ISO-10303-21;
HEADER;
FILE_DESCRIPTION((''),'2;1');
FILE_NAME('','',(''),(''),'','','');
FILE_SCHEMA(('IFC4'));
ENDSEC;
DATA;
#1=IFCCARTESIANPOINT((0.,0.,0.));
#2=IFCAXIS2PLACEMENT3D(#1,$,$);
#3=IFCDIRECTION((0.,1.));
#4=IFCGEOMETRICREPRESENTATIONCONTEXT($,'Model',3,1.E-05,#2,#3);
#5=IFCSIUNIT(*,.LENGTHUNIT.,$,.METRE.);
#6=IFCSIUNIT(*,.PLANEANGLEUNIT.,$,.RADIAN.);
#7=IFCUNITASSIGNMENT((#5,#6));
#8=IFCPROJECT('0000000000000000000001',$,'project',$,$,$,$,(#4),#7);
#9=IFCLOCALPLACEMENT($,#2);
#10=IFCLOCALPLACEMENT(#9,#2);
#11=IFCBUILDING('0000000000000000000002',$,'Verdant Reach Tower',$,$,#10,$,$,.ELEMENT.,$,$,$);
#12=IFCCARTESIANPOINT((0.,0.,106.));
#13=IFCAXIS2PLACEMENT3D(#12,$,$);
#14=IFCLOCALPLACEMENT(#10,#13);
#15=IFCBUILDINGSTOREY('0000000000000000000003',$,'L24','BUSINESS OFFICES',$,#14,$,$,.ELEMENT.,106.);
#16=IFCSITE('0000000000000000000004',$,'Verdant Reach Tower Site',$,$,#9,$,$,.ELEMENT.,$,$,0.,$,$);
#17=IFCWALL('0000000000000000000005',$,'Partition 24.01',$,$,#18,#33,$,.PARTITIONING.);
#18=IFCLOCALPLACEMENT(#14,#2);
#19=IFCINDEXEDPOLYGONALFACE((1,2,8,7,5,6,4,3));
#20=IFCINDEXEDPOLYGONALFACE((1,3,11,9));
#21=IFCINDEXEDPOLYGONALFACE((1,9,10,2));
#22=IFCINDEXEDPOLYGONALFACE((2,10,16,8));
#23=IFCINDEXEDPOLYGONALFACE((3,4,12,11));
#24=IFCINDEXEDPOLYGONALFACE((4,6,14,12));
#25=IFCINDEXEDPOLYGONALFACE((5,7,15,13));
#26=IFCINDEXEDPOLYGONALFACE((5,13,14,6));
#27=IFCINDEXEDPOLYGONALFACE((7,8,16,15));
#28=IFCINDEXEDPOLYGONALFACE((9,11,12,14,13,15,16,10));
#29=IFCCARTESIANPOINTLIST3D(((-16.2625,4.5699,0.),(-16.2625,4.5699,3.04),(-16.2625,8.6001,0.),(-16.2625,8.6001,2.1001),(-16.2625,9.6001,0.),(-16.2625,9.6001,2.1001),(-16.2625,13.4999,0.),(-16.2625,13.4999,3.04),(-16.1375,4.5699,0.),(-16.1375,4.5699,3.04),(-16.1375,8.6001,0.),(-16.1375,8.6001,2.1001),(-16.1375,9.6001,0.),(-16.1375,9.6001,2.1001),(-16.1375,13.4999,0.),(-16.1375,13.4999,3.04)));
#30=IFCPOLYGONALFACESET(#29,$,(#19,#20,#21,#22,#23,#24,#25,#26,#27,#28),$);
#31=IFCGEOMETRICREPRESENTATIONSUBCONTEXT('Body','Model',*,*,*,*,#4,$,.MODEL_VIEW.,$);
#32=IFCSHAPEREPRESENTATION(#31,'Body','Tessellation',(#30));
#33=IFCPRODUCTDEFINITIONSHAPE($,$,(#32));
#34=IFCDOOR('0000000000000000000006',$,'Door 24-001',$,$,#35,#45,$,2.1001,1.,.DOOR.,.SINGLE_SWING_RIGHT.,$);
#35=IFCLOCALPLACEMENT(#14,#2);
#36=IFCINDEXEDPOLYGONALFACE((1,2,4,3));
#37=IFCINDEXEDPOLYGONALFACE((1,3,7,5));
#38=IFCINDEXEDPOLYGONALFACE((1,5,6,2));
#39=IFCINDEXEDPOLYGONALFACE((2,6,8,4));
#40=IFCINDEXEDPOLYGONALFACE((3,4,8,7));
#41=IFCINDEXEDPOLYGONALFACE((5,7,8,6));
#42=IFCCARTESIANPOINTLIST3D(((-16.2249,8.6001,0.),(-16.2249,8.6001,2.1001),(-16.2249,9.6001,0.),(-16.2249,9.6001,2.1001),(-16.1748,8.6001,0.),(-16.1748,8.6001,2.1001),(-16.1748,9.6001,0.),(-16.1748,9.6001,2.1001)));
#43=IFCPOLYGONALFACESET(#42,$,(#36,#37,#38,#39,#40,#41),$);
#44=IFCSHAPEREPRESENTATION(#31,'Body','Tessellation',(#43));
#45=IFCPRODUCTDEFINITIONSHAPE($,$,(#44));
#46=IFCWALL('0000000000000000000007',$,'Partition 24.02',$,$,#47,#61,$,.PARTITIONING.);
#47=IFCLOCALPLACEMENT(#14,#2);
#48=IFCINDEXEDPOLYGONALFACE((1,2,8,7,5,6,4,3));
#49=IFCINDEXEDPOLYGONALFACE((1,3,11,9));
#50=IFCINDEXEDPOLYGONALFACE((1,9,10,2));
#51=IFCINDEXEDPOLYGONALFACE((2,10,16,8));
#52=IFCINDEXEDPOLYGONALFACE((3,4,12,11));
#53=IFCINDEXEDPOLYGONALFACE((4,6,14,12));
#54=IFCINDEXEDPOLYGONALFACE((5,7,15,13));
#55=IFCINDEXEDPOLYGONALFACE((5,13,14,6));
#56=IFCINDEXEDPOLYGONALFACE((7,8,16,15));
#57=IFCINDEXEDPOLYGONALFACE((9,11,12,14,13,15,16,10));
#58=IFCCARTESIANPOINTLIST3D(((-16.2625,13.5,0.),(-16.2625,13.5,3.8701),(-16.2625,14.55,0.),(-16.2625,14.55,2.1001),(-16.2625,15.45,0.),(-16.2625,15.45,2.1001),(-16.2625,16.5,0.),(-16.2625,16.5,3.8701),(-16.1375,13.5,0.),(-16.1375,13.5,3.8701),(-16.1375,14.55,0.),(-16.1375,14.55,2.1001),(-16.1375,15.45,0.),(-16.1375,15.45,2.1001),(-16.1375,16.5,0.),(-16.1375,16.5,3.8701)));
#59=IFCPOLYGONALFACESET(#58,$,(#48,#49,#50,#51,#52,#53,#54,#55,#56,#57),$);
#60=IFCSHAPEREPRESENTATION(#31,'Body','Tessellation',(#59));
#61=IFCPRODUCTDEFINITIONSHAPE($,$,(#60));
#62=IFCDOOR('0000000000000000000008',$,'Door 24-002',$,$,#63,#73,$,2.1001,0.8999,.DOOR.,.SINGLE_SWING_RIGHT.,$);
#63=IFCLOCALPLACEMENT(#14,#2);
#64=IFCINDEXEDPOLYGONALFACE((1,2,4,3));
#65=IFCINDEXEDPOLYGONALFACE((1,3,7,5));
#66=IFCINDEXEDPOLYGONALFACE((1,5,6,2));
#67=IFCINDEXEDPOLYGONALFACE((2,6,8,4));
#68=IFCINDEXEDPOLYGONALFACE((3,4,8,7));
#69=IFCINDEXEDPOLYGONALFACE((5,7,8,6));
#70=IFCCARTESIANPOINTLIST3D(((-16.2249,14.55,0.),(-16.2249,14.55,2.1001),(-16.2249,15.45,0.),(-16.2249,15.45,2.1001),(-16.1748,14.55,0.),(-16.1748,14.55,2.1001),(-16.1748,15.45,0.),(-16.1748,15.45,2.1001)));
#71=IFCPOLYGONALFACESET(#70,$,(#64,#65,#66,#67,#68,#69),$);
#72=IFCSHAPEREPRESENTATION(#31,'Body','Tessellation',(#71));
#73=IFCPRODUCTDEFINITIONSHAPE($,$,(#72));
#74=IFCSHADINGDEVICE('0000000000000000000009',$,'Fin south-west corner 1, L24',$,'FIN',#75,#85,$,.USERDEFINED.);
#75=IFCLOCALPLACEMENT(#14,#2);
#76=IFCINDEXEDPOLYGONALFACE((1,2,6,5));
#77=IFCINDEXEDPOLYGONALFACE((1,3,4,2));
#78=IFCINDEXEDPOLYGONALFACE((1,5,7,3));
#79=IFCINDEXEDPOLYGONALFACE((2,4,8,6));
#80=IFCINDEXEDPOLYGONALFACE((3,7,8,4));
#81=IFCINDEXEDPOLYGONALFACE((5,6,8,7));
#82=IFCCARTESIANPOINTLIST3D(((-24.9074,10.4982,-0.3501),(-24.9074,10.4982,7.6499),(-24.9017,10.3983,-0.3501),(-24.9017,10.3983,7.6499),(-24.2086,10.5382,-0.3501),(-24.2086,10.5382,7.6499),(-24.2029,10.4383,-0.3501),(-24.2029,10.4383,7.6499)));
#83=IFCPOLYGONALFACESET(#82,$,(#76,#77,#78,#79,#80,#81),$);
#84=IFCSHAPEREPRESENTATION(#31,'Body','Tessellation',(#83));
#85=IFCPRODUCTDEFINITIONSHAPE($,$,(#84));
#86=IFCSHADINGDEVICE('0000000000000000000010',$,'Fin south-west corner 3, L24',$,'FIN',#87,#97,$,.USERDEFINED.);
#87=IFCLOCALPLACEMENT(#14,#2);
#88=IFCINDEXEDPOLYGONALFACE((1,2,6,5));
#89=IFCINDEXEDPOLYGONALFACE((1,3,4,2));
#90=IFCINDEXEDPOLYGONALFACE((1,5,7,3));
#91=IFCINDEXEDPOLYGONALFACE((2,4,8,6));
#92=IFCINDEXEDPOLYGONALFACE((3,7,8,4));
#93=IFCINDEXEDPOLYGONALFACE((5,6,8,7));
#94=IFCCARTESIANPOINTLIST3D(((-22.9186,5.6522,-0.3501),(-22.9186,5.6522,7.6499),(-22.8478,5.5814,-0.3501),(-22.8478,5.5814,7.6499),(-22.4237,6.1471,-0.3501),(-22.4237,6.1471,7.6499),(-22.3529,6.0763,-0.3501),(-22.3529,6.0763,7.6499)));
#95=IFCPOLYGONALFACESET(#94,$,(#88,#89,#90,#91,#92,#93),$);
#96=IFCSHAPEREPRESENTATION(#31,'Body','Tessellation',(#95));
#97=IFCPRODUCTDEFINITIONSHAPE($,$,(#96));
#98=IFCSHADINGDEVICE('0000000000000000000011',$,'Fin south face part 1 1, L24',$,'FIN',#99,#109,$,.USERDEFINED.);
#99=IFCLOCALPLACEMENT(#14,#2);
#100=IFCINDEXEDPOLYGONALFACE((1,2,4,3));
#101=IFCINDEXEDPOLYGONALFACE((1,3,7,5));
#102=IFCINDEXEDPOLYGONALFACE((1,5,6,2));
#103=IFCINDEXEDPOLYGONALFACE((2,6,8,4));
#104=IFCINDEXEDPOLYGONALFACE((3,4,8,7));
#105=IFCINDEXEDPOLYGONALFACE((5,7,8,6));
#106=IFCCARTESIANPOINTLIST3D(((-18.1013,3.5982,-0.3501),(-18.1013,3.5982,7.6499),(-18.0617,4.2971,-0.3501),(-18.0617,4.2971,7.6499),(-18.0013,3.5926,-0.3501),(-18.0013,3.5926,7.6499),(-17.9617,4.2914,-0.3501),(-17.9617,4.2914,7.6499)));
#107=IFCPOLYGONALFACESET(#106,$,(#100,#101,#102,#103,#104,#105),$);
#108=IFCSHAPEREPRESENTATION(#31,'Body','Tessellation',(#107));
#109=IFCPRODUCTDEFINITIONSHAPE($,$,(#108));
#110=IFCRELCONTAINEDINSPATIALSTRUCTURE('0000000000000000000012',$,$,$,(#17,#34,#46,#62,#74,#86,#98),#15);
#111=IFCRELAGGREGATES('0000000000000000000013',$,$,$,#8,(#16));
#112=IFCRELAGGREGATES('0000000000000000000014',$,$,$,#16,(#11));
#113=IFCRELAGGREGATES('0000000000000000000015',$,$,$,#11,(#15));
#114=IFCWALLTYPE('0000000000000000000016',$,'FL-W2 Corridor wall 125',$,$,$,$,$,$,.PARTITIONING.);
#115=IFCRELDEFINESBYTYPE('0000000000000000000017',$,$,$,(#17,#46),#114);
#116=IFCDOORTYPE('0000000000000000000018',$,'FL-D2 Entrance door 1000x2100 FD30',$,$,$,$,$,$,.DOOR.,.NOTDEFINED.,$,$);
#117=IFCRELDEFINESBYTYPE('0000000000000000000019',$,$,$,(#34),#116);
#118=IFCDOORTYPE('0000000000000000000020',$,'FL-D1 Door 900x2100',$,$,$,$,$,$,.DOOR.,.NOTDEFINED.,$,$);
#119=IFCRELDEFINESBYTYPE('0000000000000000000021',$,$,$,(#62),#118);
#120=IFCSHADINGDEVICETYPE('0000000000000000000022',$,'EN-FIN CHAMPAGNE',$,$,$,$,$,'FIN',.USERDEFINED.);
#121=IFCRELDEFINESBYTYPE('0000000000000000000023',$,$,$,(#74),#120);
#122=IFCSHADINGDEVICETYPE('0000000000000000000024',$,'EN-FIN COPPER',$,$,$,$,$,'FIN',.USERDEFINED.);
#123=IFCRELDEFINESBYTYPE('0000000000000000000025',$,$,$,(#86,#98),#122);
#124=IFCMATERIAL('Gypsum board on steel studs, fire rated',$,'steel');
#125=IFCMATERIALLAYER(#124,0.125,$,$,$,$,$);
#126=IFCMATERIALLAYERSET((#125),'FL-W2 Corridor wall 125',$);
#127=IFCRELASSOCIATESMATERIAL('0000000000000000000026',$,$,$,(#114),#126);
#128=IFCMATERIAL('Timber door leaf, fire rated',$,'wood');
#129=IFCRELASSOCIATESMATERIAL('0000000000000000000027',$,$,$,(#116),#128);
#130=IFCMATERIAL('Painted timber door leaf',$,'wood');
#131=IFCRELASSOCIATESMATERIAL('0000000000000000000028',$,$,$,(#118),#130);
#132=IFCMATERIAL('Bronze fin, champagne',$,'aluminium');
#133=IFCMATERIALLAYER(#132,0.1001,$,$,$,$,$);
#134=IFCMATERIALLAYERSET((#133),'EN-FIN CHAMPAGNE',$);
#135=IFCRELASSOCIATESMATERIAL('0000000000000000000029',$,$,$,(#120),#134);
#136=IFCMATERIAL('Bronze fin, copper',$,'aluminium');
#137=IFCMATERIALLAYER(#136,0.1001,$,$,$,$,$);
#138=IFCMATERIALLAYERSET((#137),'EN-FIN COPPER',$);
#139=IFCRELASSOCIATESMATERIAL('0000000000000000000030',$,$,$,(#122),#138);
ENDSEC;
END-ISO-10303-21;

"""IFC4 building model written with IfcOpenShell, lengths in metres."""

from ifc_helpers import new_model, si_unit, direction, frame, frame_2d, origin, origin_2d, place, context, subcontext, project, spatial, rectangle, extrude, material, layer, layer_set, type_object, element, fill, save


model = new_model("IFC4")

# Units and contexts
model_context = context("Model", 3, precision=1e-05, world=origin(), true_north=direction((0.0, 1.0)))
body_context = subcontext(model_context, "Body", "Model", "MODEL_VIEW")
ifc_project = project(units=[si_unit("LENGTHUNIT", "METRE"), si_unit("PLANEANGLEUNIT", "RADIAN")], contexts=[model_context])

# Site, building, storey
site_placement = place(None, origin())
site = spatial("IfcSite", under=ifc_project, at=site_placement, Name="Verdant Reach Tower Site", CompositionType="ELEMENT", RefElevation=0.0)
building_placement = place(site_placement, origin())
building = spatial("IfcBuilding", under=site, at=building_placement, Name="Verdant Reach Tower", CompositionType="ELEMENT")
storey_placement = place(building_placement, frame((0.0, 0.0, 106.0)))
storey = spatial("IfcBuildingStorey", under=building, at=storey_placement, Name="L24", Description="BUSINESS OFFICES", CompositionType="ELEMENT", Elevation=106.0)

# Walls, openings, doors
ifc_material_1 = material(Name="Gypsum board on steel studs, fire rated", Category="steel")
ifc_layer_1 = layer(ifc_material_1, 0.125)
ifc_layer_set_1 = layer_set([ifc_layer_1], Name="FL-W2 Corridor wall 125")
wall_type_1 = type_object("IfcWallType", Name="FL-W2 Corridor wall 125", PredefinedType="PARTITIONING", material=ifc_layer_set_1)
wall_1_placement = place(storey_placement, frame((-16.2, 4.5701, 0.0), z_axis=(0.0, 0.0, 1.0), x_axis=(0.0, 1.0, 0.0)))
wall_1 = element("IfcWall", 1, at=wall_1_placement, inside=storey, type_object=wall_type_1, Name="Partition 24.01", PredefinedType="PARTITIONING", context=body_context, shape_type="SweptSolid", body=[
    extrude(rectangle(XDim=8.9299, YDim=0.125, at=frame_2d((4.4648, 0.0))), origin(), (0.0, 0.0, 1.0), 3.04),
])
opening_1_placement = place(wall_1_placement, frame((4.03, 0.0, 0.0)))
opening_1 = element("IfcOpeningElement", 2, at=opening_1_placement, cuts=wall_1, PredefinedType="OPENING", context=body_context, shape_type="SweptSolid", body=[
    extrude(rectangle(XDim=1.0, YDim=2.1001, at=frame_2d((0.5, 1.05))), frame((0.0, 0.0725, 0.0), z_axis=(0.0, -1.0, 0.0), x_axis=(1.0, 0.0, 0.0)), (0.0, 0.0, 1.0), 0.145),
])
ifc_material_2 = material(Name="Timber door leaf, fire rated", Category="wood")
door_type_1 = type_object("IfcDoorType", Name="FL-D2 Entrance door 1000x2100 FD30", OperationType="NOTDEFINED", PredefinedType="DOOR", material=ifc_material_2)
door_1_placement = place(opening_1_placement, origin())
door_1 = element("IfcDoor", 3, at=door_1_placement, inside=storey, type_object=door_type_1, Name="Door 24-001", OperationType="SINGLE_SWING_RIGHT", OverallHeight=2.1001, OverallWidth=1.0, PredefinedType="DOOR", context=body_context, shape_type="SweptSolid", body=[
    extrude(rectangle(XDim=1.0, YDim=2.1001, at=frame_2d((0.5, 1.05))), frame((0.0, 0.0249, 0.0), z_axis=(0.0, -1.0, 0.0), x_axis=(1.0, 0.0, 0.0)), (0.0, 0.0, 1.0), 0.05),
])
fill(opening_1, door_1)
wall_2_placement = place(storey_placement, frame((-16.2, 13.5, 0.0), z_axis=(0.0, 0.0, 1.0), x_axis=(0.0, 1.0, 0.0)))
wall_2 = element("IfcWall", 4, at=wall_2_placement, inside=storey, type_object=wall_type_1, Name="Partition 24.02", PredefinedType="PARTITIONING", context=body_context, shape_type="SweptSolid", body=[
    extrude(rectangle(XDim=3.0, YDim=0.125, at=frame_2d((1.5, 0.0))), origin(), (0.0, 0.0, 1.0), 3.8701),
])
opening_2_placement = place(wall_2_placement, frame((1.05, 0.0, 0.0)))
opening_2 = element("IfcOpeningElement", 5, at=opening_2_placement, cuts=wall_2, PredefinedType="OPENING", context=body_context, shape_type="SweptSolid", body=[
    extrude(rectangle(XDim=0.8999, YDim=2.1001, at=frame_2d((0.45, 1.05))), frame((0.0, 0.0725, 0.0), z_axis=(0.0, -1.0, 0.0), x_axis=(1.0, 0.0, 0.0)), (0.0, 0.0, 1.0), 0.145),
])
ifc_material_3 = material(Name="Painted timber door leaf", Category="wood")
door_type_2 = type_object("IfcDoorType", Name="FL-D1 Door 900x2100", OperationType="NOTDEFINED", PredefinedType="DOOR", material=ifc_material_3)
door_2_placement = place(opening_2_placement, origin())
door_2 = element("IfcDoor", 6, at=door_2_placement, inside=storey, type_object=door_type_2, Name="Door 24-002", OperationType="SINGLE_SWING_RIGHT", OverallHeight=2.1001, OverallWidth=0.8999, PredefinedType="DOOR", context=body_context, shape_type="SweptSolid", body=[
    extrude(rectangle(XDim=0.8999, YDim=2.1001, at=frame_2d((0.45, 1.05))), frame((0.0, 0.0249, 0.0), z_axis=(0.0, -1.0, 0.0), x_axis=(1.0, 0.0, 0.0)), (0.0, 0.0, 1.0), 0.05),
])
fill(opening_2, door_2)

# Shading devices
ifc_material_4 = material(Name="Bronze fin, champagne", Category="aluminium")
ifc_layer_2 = layer(ifc_material_4, 0.1001)
ifc_layer_set_2 = layer_set([ifc_layer_2], Name="EN-FIN CHAMPAGNE")
shading_device_type_1 = type_object("IfcShadingDeviceType", Name="EN-FIN CHAMPAGNE", ElementType="FIN", PredefinedType="USERDEFINED", material=ifc_layer_set_2)
shading_device_placement = place(storey_placement, frame((-24.5552, 10.4683, -0.3501), z_axis=(0.0, 0.0, 1.0), x_axis=(0.057135, -0.998366, 0.0)))
element("IfcShadingDevice", 7, at=shading_device_placement, inside=storey, type_object=shading_device_type_1, Name="Fin south-west corner 1, L24", ObjectType="FIN", PredefinedType="USERDEFINED", context=body_context, shape_type="SweptSolid", body=[
    extrude(rectangle(XDim=0.1001, YDim=0.7, at=origin_2d()), origin(), (0.0, 0.0, 1.0), 8.0),
])
ifc_material_5 = material(Name="Bronze fin, copper", Category="aluminium")
ifc_layer_3 = layer(ifc_material_5, 0.1001)
ifc_layer_set_3 = layer_set([ifc_layer_3], Name="EN-FIN COPPER")
shading_device_type_2 = type_object("IfcShadingDeviceType", Name="EN-FIN COPPER", ElementType="FIN", PredefinedType="USERDEFINED", material=ifc_layer_set_3)
for number, where, z_axis, x_axis, name in (
    (8, (-22.6357, 5.8643, -0.3501), (0.0, 0.0, 1.0), (0.707107, -0.707107, 0.0), "Fin south-west corner 3, L24"),
    (9, (-18.0315, 3.9448, -0.3501), (0.0, 0.0, 1.0), (0.998399, -0.056569, 0.0), "Fin south face part 1 1, L24"),
):
    element("IfcShadingDevice", number, at=place(storey_placement, frame(where, z_axis=z_axis, x_axis=x_axis)), inside=storey, type_object=shading_device_type_2, Name=name, ObjectType="FIN", PredefinedType="USERDEFINED", context=body_context, shape_type="SweptSolid", body=[
        extrude(rectangle(XDim=0.1001, YDim=0.7, at=origin_2d()), origin(), (0.0, 0.0, 1.0), 8.0),
    ])

save(model, "model.ifc")
